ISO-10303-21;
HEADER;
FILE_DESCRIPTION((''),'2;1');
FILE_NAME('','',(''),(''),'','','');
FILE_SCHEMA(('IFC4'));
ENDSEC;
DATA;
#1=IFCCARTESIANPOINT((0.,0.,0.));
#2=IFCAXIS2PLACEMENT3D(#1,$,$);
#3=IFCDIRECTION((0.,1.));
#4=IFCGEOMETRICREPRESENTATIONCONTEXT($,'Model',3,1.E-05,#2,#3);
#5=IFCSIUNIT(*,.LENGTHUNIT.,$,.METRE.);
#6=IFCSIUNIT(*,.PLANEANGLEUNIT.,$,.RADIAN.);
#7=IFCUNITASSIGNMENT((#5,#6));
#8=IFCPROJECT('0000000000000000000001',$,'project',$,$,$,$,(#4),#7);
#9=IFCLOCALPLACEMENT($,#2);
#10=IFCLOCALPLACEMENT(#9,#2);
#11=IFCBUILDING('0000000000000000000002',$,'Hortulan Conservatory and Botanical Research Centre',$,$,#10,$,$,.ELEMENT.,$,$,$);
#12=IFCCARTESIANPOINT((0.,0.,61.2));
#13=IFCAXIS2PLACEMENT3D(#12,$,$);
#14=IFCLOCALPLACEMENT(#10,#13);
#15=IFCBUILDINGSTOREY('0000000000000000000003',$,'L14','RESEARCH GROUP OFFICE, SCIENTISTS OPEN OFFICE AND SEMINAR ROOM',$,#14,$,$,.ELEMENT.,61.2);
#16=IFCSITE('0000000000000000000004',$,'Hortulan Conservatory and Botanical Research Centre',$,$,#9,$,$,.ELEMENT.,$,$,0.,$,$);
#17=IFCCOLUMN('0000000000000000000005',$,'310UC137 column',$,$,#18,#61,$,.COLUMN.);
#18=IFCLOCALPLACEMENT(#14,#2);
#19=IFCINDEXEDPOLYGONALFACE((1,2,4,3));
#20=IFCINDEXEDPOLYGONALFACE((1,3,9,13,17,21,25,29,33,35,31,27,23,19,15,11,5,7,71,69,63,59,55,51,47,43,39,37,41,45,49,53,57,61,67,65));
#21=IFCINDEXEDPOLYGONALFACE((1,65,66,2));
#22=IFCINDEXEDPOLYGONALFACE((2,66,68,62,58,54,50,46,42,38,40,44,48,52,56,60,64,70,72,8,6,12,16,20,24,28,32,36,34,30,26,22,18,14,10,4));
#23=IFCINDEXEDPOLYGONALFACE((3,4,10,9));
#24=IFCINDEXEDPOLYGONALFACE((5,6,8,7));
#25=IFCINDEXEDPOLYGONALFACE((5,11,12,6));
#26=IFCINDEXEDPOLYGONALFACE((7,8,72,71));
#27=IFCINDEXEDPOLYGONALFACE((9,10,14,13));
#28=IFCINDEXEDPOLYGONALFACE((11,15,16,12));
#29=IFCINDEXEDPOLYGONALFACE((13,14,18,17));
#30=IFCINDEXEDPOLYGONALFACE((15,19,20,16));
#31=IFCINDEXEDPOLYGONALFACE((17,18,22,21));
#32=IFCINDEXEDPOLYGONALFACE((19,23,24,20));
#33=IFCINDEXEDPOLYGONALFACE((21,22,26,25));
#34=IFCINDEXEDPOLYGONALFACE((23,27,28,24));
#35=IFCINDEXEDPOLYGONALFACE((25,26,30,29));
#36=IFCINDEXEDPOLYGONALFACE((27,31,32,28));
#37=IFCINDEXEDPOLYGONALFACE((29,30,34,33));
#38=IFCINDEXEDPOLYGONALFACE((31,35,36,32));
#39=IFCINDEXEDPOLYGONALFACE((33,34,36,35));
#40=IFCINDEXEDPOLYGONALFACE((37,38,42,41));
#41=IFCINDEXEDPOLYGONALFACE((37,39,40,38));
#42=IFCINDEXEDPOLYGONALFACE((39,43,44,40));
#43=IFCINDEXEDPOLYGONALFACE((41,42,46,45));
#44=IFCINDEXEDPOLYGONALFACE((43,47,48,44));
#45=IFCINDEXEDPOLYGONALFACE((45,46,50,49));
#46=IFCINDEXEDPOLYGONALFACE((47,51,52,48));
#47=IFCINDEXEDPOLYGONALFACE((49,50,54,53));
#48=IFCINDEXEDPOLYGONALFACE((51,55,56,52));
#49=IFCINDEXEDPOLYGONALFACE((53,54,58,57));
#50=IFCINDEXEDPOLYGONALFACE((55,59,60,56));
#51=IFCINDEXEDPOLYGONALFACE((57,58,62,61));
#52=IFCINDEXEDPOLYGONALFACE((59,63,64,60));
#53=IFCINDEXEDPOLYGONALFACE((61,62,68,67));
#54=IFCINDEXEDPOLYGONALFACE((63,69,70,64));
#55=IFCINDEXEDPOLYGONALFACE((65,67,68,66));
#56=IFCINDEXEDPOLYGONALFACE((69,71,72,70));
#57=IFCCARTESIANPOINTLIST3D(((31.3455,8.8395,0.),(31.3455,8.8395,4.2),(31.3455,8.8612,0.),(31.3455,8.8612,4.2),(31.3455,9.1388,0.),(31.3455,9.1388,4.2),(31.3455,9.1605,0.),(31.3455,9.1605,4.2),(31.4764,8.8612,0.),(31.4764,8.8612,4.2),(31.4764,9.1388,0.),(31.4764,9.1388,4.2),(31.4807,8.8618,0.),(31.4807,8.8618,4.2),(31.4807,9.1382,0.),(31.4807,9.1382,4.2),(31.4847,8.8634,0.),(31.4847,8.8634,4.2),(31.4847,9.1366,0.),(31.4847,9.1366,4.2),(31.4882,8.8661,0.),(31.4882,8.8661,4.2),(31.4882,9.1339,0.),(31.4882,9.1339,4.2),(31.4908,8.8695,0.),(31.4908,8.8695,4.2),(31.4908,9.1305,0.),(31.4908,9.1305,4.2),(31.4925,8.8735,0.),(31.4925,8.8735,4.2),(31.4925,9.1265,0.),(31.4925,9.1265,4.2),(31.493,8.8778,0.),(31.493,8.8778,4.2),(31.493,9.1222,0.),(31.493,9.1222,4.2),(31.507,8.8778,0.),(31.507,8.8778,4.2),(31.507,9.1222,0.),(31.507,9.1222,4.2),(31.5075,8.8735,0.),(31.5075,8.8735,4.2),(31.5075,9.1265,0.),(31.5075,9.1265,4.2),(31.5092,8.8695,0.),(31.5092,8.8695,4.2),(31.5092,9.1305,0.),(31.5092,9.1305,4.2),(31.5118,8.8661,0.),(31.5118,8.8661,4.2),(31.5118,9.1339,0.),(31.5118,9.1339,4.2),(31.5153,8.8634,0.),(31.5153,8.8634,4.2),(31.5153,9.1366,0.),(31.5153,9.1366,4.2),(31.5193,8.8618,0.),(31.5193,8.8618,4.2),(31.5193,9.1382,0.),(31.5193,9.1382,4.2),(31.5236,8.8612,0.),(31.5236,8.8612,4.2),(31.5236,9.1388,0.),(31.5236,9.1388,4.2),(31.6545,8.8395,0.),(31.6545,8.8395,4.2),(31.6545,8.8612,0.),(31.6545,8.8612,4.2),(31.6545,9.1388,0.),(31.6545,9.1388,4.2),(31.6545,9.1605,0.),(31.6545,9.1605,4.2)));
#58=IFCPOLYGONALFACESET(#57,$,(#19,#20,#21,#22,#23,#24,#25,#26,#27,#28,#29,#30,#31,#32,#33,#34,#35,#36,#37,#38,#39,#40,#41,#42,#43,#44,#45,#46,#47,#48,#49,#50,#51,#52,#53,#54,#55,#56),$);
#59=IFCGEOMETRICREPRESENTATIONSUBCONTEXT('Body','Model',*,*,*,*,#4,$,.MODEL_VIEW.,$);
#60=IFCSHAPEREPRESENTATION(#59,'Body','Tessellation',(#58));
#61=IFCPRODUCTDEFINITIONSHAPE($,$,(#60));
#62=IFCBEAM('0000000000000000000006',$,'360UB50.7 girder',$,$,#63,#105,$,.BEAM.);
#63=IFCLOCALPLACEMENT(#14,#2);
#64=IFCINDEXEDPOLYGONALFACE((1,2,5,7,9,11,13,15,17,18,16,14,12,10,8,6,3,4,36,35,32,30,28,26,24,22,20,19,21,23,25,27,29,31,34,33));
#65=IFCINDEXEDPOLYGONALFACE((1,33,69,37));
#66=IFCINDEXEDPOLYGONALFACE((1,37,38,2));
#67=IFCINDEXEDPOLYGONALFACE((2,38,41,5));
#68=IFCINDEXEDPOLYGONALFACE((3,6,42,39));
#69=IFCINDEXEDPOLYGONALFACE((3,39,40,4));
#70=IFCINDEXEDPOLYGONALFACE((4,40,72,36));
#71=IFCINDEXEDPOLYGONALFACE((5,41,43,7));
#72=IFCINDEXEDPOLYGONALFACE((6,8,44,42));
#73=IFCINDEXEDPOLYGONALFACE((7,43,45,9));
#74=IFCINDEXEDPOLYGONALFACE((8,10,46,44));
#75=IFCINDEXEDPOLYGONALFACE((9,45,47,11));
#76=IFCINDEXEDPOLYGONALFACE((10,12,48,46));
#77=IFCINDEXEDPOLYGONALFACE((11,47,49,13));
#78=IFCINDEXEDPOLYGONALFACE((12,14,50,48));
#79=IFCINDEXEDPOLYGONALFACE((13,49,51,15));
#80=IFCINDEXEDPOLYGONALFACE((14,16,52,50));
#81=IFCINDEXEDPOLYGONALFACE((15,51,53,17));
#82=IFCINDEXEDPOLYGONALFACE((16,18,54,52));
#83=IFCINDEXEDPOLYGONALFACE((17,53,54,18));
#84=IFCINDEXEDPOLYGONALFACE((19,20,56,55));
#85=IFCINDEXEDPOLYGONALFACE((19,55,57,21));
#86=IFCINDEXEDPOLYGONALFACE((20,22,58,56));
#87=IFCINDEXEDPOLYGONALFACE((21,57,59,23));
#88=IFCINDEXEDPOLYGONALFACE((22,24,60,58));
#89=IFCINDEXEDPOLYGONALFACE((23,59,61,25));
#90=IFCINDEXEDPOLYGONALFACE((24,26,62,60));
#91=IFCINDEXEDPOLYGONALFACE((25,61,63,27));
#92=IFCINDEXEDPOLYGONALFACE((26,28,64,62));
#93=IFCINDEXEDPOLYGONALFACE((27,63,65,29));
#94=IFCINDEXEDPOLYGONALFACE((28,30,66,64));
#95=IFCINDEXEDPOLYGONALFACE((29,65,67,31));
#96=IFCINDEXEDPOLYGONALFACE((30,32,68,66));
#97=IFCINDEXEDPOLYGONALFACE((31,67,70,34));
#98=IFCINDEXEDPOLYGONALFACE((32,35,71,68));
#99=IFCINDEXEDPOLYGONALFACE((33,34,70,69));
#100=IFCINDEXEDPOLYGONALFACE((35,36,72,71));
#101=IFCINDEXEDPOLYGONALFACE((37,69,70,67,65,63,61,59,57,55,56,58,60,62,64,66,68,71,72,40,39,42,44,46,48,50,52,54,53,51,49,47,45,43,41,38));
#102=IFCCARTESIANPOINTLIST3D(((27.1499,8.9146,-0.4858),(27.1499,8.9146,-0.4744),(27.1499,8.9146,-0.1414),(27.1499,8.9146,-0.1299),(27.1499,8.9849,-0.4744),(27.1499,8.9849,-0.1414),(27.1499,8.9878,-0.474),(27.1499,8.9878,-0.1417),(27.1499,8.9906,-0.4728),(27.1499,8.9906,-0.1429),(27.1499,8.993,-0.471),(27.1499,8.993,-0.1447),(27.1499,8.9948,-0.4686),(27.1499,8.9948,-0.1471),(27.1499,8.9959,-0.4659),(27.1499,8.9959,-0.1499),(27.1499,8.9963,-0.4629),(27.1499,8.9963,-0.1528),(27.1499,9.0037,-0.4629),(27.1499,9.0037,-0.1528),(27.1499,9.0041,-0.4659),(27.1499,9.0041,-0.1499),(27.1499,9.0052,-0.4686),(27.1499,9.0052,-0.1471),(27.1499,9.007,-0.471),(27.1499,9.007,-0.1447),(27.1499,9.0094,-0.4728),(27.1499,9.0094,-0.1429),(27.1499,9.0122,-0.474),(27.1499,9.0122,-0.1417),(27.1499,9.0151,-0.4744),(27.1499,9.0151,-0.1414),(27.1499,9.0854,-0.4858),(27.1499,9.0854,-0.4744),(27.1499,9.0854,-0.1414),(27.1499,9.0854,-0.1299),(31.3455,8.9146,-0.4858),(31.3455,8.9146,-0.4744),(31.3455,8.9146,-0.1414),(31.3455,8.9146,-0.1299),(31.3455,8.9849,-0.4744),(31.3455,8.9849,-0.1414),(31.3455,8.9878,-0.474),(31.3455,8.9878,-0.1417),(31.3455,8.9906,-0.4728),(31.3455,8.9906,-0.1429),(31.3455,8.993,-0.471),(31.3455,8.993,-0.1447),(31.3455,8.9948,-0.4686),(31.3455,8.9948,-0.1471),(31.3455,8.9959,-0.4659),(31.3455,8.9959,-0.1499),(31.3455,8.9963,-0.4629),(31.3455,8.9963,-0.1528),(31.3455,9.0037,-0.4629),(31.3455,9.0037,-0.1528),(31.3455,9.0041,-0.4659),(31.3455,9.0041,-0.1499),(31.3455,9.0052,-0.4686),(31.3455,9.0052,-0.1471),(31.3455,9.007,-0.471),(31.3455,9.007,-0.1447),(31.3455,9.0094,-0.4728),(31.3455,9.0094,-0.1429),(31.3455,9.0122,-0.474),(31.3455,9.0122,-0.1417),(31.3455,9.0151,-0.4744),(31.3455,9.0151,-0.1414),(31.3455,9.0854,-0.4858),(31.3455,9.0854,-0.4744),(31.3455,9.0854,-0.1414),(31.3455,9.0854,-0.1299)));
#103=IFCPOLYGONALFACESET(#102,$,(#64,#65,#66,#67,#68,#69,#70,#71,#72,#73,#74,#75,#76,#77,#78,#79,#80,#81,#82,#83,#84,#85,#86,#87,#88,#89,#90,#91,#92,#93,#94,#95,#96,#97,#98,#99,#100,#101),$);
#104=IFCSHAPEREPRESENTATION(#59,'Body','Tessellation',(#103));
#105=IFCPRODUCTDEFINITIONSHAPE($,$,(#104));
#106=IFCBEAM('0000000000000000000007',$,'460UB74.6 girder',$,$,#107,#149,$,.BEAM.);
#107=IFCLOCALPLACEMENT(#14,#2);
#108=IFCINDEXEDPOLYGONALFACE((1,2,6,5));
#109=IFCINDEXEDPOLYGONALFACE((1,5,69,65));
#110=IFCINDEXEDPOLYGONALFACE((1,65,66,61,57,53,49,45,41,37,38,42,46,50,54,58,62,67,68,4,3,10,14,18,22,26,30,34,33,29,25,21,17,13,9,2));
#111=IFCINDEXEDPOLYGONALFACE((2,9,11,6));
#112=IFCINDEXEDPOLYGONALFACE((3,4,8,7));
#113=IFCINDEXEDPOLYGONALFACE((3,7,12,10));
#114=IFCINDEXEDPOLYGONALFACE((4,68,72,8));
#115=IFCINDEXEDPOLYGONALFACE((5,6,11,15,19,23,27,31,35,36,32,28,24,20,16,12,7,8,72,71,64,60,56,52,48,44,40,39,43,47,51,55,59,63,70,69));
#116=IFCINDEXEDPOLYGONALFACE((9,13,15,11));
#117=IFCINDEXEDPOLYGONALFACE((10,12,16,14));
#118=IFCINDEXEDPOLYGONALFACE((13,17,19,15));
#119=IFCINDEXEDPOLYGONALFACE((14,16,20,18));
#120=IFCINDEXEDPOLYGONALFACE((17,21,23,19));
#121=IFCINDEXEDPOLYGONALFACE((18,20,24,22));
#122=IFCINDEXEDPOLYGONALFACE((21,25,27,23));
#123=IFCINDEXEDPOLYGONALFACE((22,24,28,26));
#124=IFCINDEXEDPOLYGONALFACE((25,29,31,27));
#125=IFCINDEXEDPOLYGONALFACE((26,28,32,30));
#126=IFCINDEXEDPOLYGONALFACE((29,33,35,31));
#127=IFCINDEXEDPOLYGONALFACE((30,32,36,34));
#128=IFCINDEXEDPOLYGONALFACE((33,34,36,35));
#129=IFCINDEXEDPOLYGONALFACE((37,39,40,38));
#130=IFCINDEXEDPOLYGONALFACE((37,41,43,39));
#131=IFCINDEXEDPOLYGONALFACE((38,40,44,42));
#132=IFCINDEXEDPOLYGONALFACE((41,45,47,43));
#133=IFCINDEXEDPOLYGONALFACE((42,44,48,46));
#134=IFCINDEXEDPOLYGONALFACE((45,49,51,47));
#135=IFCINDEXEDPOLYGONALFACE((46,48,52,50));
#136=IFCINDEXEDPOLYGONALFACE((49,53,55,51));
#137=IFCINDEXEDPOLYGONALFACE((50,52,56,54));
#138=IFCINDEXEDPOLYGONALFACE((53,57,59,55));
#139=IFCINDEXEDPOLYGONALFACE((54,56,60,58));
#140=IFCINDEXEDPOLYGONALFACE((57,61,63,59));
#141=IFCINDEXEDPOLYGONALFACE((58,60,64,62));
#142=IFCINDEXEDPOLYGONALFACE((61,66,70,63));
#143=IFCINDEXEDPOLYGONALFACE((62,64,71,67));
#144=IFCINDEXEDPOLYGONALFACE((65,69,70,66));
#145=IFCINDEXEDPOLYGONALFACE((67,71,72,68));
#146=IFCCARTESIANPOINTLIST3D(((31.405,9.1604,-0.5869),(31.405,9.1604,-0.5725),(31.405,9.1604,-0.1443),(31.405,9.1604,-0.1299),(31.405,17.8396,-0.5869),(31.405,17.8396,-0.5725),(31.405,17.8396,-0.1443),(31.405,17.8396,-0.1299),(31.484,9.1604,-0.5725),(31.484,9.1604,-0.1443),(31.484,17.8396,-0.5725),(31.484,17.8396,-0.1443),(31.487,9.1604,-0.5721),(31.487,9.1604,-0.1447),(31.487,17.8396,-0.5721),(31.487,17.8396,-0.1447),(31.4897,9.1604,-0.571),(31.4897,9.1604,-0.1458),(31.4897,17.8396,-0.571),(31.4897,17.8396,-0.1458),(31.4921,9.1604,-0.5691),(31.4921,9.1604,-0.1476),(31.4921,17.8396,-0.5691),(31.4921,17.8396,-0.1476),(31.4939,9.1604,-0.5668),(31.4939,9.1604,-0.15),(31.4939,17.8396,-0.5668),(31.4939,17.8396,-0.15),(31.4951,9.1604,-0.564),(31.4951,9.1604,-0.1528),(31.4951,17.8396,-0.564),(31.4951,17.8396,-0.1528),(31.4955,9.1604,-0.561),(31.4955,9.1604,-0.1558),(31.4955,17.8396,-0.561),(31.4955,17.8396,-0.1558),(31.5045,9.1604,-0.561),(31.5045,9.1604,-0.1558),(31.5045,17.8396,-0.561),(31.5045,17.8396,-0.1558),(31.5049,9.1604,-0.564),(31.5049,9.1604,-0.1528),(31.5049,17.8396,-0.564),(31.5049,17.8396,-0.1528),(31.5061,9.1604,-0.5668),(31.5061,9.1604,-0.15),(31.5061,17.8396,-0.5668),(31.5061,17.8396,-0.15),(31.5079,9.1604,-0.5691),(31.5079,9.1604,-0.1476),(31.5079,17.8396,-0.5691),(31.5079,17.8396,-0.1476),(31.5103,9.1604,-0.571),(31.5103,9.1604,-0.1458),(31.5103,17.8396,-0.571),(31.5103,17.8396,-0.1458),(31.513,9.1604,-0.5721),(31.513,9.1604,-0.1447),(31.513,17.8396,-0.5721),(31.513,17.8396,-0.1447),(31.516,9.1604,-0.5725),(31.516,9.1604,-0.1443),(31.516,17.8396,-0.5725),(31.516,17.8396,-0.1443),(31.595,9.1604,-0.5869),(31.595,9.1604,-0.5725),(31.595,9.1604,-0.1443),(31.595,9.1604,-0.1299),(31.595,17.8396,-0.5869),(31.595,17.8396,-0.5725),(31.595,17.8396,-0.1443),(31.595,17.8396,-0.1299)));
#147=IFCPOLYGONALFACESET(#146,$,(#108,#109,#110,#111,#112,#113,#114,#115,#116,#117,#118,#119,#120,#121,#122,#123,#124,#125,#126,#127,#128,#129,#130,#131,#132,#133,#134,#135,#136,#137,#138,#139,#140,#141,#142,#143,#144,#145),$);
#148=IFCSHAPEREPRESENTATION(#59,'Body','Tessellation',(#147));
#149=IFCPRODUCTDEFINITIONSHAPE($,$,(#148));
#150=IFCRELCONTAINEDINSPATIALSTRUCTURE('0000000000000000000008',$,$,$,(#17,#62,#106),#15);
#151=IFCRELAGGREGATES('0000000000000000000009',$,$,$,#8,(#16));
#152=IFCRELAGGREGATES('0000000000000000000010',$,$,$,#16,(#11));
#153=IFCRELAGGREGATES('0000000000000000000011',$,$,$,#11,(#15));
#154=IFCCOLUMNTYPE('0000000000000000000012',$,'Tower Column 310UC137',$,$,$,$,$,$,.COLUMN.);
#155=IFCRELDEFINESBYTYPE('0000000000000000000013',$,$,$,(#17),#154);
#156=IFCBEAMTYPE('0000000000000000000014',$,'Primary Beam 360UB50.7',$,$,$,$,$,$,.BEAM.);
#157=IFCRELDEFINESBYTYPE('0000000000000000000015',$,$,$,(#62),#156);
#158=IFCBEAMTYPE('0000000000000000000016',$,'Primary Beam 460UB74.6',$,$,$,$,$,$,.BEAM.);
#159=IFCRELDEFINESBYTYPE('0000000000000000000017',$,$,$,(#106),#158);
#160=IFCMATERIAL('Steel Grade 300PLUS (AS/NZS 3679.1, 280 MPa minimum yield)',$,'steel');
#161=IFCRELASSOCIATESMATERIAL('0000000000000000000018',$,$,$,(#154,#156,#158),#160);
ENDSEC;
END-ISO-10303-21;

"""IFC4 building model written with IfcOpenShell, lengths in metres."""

from ifc_helpers import new_model, si_unit, direction, frame, origin, origin_2d, place, context, subcontext, project, spatial, i_section, extrude, material, material_profile, profile_set, type_object, element, save


model = new_model("IFC4")

# Units and contexts
model_context = context("Model", 3, precision=1e-05, world=origin(), true_north=direction((0.0, 1.0)))
body_context = subcontext(model_context, "Body", "Model", "MODEL_VIEW")
ifc_project = project(units=[si_unit("LENGTHUNIT", "METRE"), si_unit("PLANEANGLEUNIT", "RADIAN")], contexts=[model_context])

# Site, building, storey
site_placement = place(None, origin())
site = spatial("IfcSite", under=ifc_project, at=site_placement, Name="Hortulan Conservatory and Botanical Research Centre", CompositionType="ELEMENT", RefElevation=0.0)
building_placement = place(site_placement, origin())
building = spatial("IfcBuilding", under=site, at=building_placement, Name="Hortulan Conservatory and Botanical Research Centre", CompositionType="ELEMENT")
storey_placement = place(building_placement, frame((0.0, 0.0, 61.2)))
storey = spatial("IfcBuildingStorey", under=building, at=storey_placement, Name="L14", Description="RESEARCH GROUP OFFICE, SCIENTISTS OPEN OFFICE AND SEMINAR ROOM", CompositionType="ELEMENT", Elevation=61.2)

# Column
ifc_material_1 = material(Name="Steel Grade 300PLUS (AS/NZS 3679.1, 280 MPa minimum yield)", Category="steel")
ifc_material_profile_1 = material_profile(ifc_material_1, i_section(OverallWidth=0.3091, OverallDepth=0.321, WebThickness=0.0139, FlangeThickness=0.0217, FilletRadius=0.0166, at=origin_2d()), Name="310UC137")
ifc_profile_set_1 = profile_set([ifc_material_profile_1], Name="Steel Grade 300PLUS (AS/NZS 3679.1, 280 MPa minimum yield)")
column_type = type_object("IfcColumnType", Name="Tower Column 310UC137", PredefinedType="COLUMN", material=ifc_profile_set_1)
column_placement = place(storey_placement, frame((31.5, 9.0, 0.0), z_axis=(0.0, 0.0, 1.0), x_axis=(1.0, 0.0, 0.0)))
element("IfcColumn", 1, at=column_placement, inside=storey, type_object=column_type, Name="310UC137 column", PredefinedType="COLUMN", context=body_context, shape_type="SweptSolid", body=[
    extrude(i_section(OverallWidth=0.3091, OverallDepth=0.321, WebThickness=0.0139, FlangeThickness=0.0217, FilletRadius=0.0166, at=origin_2d()), origin(), (0.0, 0.0, 1.0), 4.2),
])

# Beams
ifc_material_profile_2 = material_profile(ifc_material_1, i_section(OverallWidth=0.1709, OverallDepth=0.356, WebThickness=0.0073, FlangeThickness=0.0115, FilletRadius=0.0115, at=origin_2d()), Name="360UB50.7")
ifc_profile_set_2 = profile_set([ifc_material_profile_2], Name="Steel Grade 300PLUS (AS/NZS 3679.1, 280 MPa minimum yield)")
beam_type_1 = type_object("IfcBeamType", Name="Primary Beam 360UB50.7", PredefinedType="BEAM", material=ifc_profile_set_2)
beam_1_placement = place(storey_placement, frame((27.1499, 9.0, -0.3079), z_axis=(1.0, 0.0, 0.0), x_axis=(0.0, 1.0, 0.0)))
element("IfcBeam", 2, at=beam_1_placement, inside=storey, type_object=beam_type_1, Name="360UB50.7 girder", PredefinedType="BEAM", context=body_context, shape_type="SweptSolid", body=[
    extrude(i_section(OverallWidth=0.1709, OverallDepth=0.356, WebThickness=0.0073, FlangeThickness=0.0115, FilletRadius=0.0115, at=origin_2d()), origin(), (0.0, 0.0, 1.0), 4.1956),
])
ifc_material_profile_3 = material_profile(ifc_material_1, i_section(OverallWidth=0.1899, OverallDepth=0.457, WebThickness=0.009, FlangeThickness=0.0144, FilletRadius=0.0115, at=origin_2d()), Name="460UB74.6")
ifc_profile_set_3 = profile_set([ifc_material_profile_3], Name="Steel Grade 300PLUS (AS/NZS 3679.1, 280 MPa minimum yield)")
beam_type_2 = type_object("IfcBeamType", Name="Primary Beam 460UB74.6", PredefinedType="BEAM", material=ifc_profile_set_3)
beam_2_placement = place(storey_placement, frame((31.5, 9.1604, -0.3584), z_axis=(0.0, 1.0, 0.0), x_axis=(-1.0, 0.0, 0.0)))
element("IfcBeam", 3, at=beam_2_placement, inside=storey, type_object=beam_type_2, Name="460UB74.6 girder", PredefinedType="BEAM", context=body_context, shape_type="SweptSolid", body=[
    extrude(i_section(OverallWidth=0.1899, OverallDepth=0.457, WebThickness=0.009, FlangeThickness=0.0144, FilletRadius=0.0115, at=origin_2d()), origin(), (0.0, 0.0, 1.0), 8.6792),
])

save(model, "model.ifc")
